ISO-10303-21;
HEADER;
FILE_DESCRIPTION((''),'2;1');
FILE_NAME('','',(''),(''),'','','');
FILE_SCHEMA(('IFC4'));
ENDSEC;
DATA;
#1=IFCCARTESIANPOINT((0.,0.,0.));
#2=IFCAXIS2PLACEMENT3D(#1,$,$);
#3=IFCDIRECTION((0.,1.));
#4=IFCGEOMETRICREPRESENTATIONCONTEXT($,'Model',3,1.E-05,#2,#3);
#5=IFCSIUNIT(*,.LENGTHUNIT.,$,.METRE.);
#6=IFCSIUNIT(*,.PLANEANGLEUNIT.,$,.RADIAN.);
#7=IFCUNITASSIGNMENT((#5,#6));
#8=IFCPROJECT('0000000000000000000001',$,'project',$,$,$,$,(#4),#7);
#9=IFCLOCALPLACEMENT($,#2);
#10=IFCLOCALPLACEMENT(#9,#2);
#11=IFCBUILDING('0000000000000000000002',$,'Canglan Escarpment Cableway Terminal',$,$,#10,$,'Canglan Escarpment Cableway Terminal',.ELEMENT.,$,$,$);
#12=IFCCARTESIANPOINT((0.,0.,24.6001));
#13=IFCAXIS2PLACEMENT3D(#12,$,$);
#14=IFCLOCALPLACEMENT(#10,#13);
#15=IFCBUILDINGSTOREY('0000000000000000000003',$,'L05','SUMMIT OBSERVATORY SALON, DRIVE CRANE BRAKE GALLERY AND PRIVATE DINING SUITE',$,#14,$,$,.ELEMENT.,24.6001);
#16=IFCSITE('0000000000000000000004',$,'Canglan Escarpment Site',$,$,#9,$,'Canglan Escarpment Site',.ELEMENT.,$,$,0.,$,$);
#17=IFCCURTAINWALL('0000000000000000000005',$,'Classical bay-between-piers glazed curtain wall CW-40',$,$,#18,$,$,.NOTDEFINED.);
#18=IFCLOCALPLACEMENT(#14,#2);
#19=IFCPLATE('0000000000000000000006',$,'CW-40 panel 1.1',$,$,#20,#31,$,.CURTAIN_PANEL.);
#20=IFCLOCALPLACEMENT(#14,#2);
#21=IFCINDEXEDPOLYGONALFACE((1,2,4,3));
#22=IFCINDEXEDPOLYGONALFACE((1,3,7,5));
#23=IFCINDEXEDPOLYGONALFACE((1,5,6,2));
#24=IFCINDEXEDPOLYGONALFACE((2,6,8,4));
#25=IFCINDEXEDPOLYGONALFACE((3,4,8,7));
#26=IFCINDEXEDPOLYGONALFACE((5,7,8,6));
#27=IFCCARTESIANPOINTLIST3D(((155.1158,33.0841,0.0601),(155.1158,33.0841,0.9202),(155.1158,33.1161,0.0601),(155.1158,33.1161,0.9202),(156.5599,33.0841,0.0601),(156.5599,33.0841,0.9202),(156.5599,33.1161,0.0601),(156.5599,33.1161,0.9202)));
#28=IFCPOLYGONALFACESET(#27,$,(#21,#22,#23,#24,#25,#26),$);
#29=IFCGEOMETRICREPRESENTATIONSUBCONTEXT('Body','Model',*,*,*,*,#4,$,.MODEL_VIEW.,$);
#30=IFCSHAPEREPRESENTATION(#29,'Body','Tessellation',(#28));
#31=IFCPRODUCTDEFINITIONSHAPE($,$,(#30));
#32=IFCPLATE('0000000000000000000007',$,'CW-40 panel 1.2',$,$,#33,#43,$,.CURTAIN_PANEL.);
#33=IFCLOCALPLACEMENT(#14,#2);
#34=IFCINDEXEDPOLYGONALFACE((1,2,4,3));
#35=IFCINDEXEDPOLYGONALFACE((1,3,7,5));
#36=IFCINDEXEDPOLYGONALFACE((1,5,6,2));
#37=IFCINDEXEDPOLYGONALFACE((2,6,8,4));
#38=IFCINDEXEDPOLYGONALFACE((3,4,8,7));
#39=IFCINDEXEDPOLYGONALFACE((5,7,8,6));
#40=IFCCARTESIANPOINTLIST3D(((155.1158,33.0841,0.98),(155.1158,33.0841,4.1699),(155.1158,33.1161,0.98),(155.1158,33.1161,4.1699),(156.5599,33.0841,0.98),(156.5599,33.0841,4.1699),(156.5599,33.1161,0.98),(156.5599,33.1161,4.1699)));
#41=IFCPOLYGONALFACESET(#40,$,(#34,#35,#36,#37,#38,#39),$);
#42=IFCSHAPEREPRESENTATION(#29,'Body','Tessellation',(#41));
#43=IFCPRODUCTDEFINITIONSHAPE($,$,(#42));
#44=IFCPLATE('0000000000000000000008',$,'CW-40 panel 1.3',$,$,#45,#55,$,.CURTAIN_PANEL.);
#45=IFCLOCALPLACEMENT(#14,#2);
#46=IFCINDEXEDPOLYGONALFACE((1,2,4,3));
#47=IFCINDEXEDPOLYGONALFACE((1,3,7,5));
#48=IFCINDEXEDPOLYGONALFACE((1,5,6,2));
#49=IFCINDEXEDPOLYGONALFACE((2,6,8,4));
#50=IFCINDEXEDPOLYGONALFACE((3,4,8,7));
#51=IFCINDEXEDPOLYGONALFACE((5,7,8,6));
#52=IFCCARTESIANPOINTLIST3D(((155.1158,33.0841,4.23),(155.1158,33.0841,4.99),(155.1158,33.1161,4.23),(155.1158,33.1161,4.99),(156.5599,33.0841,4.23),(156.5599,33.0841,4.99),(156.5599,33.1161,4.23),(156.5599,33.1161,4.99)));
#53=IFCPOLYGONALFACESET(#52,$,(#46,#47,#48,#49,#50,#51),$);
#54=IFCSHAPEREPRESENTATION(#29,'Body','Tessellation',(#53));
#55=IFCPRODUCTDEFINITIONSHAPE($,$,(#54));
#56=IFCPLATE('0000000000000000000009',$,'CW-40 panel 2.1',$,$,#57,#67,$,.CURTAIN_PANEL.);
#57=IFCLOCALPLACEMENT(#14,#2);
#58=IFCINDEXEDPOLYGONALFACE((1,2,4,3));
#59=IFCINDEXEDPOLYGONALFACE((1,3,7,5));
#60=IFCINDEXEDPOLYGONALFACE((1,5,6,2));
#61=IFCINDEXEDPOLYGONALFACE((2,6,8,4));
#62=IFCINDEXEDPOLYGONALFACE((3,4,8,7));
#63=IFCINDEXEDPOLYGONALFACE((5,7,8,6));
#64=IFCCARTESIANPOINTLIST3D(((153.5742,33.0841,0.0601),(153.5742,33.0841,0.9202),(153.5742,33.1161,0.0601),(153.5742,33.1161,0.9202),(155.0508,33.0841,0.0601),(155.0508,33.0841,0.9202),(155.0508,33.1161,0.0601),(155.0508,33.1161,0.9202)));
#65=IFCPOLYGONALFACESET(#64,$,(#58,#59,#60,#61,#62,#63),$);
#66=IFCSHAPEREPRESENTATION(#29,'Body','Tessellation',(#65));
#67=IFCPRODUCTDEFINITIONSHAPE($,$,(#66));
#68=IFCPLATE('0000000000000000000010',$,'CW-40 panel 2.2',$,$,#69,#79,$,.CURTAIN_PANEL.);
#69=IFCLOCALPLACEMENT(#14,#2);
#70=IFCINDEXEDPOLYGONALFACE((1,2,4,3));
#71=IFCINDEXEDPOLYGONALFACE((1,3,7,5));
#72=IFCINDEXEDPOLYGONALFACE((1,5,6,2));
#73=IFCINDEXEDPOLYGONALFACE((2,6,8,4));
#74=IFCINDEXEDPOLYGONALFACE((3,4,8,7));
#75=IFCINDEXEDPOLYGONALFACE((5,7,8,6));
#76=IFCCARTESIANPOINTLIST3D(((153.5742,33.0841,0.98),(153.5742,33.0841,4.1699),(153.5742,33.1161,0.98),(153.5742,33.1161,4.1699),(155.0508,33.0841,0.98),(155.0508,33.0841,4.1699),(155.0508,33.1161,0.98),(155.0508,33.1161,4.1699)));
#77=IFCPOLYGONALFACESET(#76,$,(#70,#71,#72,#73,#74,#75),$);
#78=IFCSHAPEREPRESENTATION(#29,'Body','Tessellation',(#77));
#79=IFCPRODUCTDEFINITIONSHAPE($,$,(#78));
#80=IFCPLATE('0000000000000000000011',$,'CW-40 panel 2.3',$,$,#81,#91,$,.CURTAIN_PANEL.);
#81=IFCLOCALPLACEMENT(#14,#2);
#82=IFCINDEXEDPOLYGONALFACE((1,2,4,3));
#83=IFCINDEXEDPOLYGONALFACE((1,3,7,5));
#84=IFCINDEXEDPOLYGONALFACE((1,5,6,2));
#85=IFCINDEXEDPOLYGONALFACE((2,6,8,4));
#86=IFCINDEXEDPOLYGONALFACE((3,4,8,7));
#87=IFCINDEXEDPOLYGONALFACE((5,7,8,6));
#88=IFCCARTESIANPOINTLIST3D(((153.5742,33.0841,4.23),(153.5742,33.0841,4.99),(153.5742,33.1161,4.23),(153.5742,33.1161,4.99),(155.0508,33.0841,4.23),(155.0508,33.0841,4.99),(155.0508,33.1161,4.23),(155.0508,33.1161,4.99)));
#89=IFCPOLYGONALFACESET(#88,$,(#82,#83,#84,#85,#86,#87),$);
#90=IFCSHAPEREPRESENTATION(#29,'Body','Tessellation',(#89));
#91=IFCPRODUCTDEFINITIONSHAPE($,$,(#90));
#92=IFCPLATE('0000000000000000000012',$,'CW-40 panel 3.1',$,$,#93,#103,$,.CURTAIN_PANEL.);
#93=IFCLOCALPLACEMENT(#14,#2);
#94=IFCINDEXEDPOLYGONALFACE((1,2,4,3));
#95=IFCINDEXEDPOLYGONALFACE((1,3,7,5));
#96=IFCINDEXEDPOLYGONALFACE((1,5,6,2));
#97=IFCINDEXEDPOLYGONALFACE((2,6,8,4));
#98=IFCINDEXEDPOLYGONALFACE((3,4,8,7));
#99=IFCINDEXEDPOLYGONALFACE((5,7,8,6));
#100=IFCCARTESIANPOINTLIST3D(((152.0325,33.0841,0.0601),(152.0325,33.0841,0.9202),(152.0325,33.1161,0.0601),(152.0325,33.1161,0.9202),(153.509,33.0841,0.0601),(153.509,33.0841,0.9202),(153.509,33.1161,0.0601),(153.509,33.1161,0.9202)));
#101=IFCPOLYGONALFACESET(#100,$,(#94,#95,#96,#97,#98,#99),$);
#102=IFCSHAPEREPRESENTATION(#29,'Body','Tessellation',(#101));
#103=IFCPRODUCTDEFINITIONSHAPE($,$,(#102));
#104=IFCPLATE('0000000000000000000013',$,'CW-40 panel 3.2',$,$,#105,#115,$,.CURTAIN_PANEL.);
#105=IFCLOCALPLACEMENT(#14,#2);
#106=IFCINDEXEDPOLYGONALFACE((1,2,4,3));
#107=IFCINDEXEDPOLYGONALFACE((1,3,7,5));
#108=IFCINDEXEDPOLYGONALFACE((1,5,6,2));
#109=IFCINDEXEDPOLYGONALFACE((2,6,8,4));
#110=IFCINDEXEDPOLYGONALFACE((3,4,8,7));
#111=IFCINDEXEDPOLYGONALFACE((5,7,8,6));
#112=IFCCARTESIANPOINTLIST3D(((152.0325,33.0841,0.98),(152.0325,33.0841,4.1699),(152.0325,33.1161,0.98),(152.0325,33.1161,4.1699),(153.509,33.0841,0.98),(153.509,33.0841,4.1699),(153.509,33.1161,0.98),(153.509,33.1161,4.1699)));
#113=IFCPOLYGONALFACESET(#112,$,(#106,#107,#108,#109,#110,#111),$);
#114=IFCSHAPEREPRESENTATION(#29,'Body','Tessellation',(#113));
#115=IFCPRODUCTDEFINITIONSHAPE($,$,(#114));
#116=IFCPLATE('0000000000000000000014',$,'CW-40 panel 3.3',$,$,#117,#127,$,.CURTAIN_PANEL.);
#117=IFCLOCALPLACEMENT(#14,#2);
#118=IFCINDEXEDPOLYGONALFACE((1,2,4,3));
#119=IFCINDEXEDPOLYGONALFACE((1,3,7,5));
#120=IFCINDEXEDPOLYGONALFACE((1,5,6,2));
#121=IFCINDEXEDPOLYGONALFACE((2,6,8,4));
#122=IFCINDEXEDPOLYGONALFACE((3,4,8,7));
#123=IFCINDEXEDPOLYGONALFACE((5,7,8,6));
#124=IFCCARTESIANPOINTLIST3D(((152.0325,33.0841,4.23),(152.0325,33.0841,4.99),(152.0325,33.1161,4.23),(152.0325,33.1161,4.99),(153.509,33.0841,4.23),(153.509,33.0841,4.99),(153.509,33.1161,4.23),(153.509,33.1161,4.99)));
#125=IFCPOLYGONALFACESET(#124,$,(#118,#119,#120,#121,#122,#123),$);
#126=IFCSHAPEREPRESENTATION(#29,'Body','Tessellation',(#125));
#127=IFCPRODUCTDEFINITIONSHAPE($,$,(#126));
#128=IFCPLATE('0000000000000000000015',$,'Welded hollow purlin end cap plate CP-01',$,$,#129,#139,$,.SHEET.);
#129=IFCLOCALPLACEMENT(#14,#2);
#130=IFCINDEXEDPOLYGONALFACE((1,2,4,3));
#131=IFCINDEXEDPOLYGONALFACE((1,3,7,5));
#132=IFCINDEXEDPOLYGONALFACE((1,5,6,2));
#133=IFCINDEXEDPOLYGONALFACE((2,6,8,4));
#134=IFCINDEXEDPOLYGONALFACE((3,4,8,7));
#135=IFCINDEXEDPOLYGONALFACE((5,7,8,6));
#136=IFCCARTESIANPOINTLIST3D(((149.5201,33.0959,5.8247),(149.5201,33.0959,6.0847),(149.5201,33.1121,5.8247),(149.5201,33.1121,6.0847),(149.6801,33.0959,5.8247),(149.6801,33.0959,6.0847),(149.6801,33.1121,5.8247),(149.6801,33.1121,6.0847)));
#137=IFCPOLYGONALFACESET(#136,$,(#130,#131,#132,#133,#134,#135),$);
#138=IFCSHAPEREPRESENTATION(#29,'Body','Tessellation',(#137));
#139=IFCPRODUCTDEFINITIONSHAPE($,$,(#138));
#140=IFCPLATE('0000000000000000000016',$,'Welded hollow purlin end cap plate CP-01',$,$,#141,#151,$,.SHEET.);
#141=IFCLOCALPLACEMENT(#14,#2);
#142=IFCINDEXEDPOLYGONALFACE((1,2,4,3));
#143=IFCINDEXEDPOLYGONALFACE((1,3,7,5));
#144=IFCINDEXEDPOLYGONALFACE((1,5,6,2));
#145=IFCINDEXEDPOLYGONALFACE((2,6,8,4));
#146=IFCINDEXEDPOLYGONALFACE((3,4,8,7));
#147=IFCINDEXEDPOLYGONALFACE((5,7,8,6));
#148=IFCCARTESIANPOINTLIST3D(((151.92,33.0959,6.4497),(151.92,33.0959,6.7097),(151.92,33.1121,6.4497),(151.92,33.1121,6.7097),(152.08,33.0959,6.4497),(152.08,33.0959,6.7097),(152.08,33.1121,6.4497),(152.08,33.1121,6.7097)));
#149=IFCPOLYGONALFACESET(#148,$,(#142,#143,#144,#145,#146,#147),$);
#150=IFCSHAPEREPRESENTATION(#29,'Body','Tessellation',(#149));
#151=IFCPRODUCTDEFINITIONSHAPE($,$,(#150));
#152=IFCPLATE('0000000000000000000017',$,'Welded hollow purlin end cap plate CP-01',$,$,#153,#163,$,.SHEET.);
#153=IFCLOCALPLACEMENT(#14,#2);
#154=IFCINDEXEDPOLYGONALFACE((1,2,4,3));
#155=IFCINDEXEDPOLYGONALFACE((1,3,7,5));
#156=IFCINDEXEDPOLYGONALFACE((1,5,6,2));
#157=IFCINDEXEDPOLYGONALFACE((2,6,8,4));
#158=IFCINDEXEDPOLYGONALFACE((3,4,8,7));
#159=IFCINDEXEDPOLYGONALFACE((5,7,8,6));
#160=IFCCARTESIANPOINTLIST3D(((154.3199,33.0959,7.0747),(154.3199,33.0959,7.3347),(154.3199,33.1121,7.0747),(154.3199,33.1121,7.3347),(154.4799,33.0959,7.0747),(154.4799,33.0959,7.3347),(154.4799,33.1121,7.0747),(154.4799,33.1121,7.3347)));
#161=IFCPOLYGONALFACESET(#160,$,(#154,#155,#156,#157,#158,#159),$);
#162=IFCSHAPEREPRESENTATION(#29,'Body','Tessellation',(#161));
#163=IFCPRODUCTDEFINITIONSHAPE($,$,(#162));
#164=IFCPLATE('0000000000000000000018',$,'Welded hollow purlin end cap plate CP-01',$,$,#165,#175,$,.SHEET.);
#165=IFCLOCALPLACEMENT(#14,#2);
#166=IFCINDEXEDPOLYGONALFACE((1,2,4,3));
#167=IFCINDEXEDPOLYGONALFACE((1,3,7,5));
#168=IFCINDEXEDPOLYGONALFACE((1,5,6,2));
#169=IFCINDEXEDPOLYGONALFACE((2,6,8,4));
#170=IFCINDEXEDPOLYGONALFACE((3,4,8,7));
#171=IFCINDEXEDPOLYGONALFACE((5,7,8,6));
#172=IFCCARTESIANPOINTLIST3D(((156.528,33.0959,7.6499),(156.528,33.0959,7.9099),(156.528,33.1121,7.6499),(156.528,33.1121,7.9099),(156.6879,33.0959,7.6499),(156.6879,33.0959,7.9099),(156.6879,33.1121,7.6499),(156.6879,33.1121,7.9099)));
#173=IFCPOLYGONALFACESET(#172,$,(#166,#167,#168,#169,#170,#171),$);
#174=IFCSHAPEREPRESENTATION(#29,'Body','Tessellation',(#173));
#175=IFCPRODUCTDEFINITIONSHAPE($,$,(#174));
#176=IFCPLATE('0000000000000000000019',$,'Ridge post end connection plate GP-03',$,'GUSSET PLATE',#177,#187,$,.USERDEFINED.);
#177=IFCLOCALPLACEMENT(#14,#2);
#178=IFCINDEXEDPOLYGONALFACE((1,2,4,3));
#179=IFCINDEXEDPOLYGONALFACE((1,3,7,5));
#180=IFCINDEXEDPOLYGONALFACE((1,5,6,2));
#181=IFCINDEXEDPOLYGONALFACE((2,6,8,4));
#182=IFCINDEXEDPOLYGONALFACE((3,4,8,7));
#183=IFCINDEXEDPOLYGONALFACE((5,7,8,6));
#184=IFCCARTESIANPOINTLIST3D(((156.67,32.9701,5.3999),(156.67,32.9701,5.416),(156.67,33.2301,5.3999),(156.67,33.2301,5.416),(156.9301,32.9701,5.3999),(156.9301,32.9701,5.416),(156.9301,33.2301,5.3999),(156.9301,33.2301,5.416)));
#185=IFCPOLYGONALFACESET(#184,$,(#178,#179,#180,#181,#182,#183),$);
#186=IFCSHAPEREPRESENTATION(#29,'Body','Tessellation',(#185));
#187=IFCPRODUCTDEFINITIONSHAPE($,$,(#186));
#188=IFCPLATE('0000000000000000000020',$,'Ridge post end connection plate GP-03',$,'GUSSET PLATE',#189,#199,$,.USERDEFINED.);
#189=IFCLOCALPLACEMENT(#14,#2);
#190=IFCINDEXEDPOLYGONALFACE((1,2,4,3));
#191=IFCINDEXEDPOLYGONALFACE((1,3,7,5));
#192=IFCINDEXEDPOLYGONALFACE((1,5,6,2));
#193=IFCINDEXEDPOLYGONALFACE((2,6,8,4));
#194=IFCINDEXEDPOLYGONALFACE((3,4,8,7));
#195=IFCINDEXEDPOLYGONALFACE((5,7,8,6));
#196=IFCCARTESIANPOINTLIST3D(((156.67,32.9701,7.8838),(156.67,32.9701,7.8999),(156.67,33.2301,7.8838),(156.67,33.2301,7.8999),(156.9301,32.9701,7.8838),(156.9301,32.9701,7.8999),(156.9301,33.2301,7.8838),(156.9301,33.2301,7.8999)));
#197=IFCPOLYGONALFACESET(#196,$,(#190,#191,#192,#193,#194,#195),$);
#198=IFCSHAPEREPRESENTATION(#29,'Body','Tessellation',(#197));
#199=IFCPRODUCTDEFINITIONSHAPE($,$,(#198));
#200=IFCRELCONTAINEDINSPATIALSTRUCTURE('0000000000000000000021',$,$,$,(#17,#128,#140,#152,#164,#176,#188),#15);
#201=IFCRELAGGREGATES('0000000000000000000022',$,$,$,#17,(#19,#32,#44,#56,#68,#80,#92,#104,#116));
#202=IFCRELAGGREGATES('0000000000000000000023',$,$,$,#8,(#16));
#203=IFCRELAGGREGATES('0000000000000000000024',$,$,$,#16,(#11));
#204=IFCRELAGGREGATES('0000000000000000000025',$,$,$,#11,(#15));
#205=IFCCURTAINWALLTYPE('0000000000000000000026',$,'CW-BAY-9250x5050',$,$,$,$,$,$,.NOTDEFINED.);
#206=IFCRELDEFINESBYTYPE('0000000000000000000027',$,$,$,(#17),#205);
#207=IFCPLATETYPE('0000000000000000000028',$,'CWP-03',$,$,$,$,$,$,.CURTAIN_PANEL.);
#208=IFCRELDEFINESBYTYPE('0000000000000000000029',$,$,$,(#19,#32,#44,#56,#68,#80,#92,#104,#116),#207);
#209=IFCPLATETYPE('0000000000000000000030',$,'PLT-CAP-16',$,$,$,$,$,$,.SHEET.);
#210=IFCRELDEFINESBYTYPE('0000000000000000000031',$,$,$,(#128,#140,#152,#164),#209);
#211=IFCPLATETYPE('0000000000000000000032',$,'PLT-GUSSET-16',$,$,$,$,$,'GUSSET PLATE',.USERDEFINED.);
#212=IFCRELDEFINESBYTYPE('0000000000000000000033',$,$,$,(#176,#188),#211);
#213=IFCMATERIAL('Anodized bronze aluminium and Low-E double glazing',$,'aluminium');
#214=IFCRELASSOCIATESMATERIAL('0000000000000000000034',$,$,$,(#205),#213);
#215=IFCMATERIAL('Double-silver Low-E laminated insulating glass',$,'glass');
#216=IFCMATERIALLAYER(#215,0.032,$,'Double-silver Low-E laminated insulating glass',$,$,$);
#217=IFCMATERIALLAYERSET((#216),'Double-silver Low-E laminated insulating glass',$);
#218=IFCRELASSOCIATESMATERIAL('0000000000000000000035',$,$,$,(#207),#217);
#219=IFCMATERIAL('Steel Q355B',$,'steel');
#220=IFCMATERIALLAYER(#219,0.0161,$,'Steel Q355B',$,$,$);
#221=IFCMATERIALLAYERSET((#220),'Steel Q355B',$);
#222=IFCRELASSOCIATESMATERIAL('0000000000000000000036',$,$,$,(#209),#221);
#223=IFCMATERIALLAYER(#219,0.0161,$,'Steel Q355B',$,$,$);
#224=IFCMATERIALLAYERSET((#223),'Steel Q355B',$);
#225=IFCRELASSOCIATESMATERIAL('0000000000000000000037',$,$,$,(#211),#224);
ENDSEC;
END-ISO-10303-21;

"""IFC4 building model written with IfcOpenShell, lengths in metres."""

from ifc_helpers import new_model, si_unit, direction, frame, origin, origin_2d, place, context, subcontext, project, spatial, rectangle, extrude, material, layer, layer_set, type_object, element, aggregate, save


model = new_model("IFC4")

# Units and contexts
model_context = context("Model", 3, precision=1e-05, world=origin(), true_north=direction((0.0, 1.0)))
body_context = subcontext(model_context, "Body", "Model", "MODEL_VIEW")
ifc_project = project(units=[si_unit("LENGTHUNIT", "METRE"), si_unit("PLANEANGLEUNIT", "RADIAN")], contexts=[model_context])

# Site, building, storey
site_placement = place(None, origin())
site = spatial("IfcSite", under=ifc_project, at=site_placement, Name="Canglan Escarpment Site", LongName="Canglan Escarpment Site", CompositionType="ELEMENT", RefElevation=0.0)
building_placement = place(site_placement, origin())
building = spatial("IfcBuilding", under=site, at=building_placement, Name="Canglan Escarpment Cableway Terminal", LongName="Canglan Escarpment Cableway Terminal", CompositionType="ELEMENT")
storey_placement = place(building_placement, frame((0.0, 0.0, 24.6001)))
storey = spatial("IfcBuildingStorey", under=building, at=storey_placement, Name="L05", Description="SUMMIT OBSERVATORY SALON, DRIVE CRANE BRAKE GALLERY AND PRIVATE DINING SUITE", CompositionType="ELEMENT", Elevation=24.6001)

# Shared definitions
ifc_material_1 = material(Name="Steel Q355B", Category="steel")

# Curtain wall
ifc_material_2 = material(Name="Anodized bronze aluminium and Low-E double glazing", Category="aluminium")
curtain_wall_type = type_object("IfcCurtainWallType", Name="CW-BAY-9250x5050", PredefinedType="NOTDEFINED", material=ifc_material_2)
curtain_wall_placement = place(storey_placement, origin())
curtain_wall = element("IfcCurtainWall", 1, at=curtain_wall_placement, inside=storey, type_object=curtain_wall_type, Name="Classical bay-between-piers glazed curtain wall CW-40", PredefinedType="NOTDEFINED")

# Plates
ifc_material_3 = material(Name="Double-silver Low-E laminated insulating glass", Category="glass")
ifc_layer_1 = layer(ifc_material_3, 0.032, Name="Double-silver Low-E laminated insulating glass")
ifc_layer_set_1 = layer_set([ifc_layer_1], Name="Double-silver Low-E laminated insulating glass")
plate_type_1 = type_object("IfcPlateType", Name="CWP-03", PredefinedType="CURTAIN_PANEL", material=ifc_layer_set_1)
plate_1_placement = place(storey_placement, frame((155.8379, 33.1001, 0.0601), z_axis=(0.0, 0.0, 1.0), x_axis=(-1.0, 0.0, 0.0)))
plate_1 = element("IfcPlate", 2, at=plate_1_placement, type_object=plate_type_1, Name="CW-40 panel 1.1", PredefinedType="CURTAIN_PANEL", context=body_context, shape_type="SweptSolid", body=[
    extrude(rectangle(XDim=1.4441, YDim=0.032, at=origin_2d()), origin(), (0.0, 0.0, 1.0), 0.8601),
])
plate_2_placement = place(storey_placement, frame((155.8379, 33.1001, 0.98), z_axis=(0.0, 0.0, 1.0), x_axis=(-1.0, 0.0, 0.0)))
plate_2 = element("IfcPlate", 3, at=plate_2_placement, type_object=plate_type_1, Name="CW-40 panel 1.2", PredefinedType="CURTAIN_PANEL", context=body_context, shape_type="SweptSolid", body=[
    extrude(rectangle(XDim=1.4441, YDim=0.032, at=origin_2d()), origin(), (0.0, 0.0, 1.0), 3.1899),
])
plate_3_placement = place(storey_placement, frame((155.8379, 33.1001, 4.23), z_axis=(0.0, 0.0, 1.0), x_axis=(-1.0, 0.0, 0.0)))
plate_3 = element("IfcPlate", 4, at=plate_3_placement, type_object=plate_type_1, Name="CW-40 panel 1.3", PredefinedType="CURTAIN_PANEL", context=body_context, shape_type="SweptSolid", body=[
    extrude(rectangle(XDim=1.4441, YDim=0.032, at=origin_2d()), origin(), (0.0, 0.0, 1.0), 0.76),
])
plate_4_placement = place(storey_placement, frame((154.3125, 33.1001, 0.0601), z_axis=(0.0, 0.0, 1.0), x_axis=(-1.0, 0.0, 0.0)))
plate_4 = element("IfcPlate", 5, at=plate_4_placement, type_object=plate_type_1, Name="CW-40 panel 2.1", PredefinedType="CURTAIN_PANEL", context=body_context, shape_type="SweptSolid", body=[
    extrude(rectangle(XDim=1.4766, YDim=0.032, at=origin_2d()), origin(), (0.0, 0.0, 1.0), 0.8601),
])
plate_5_placement = place(storey_placement, frame((154.3125, 33.1001, 0.98), z_axis=(0.0, 0.0, 1.0), x_axis=(-1.0, 0.0, 0.0)))
plate_5 = element("IfcPlate", 6, at=plate_5_placement, type_object=plate_type_1, Name="CW-40 panel 2.2", PredefinedType="CURTAIN_PANEL", context=body_context, shape_type="SweptSolid", body=[
    extrude(rectangle(XDim=1.4766, YDim=0.032, at=origin_2d()), origin(), (0.0, 0.0, 1.0), 3.1899),
])
plate_6_placement = place(storey_placement, frame((154.3125, 33.1001, 4.23), z_axis=(0.0, 0.0, 1.0), x_axis=(-1.0, 0.0, 0.0)))
plate_6 = element("IfcPlate", 7, at=plate_6_placement, type_object=plate_type_1, Name="CW-40 panel 2.3", PredefinedType="CURTAIN_PANEL", context=body_context, shape_type="SweptSolid", body=[
    extrude(rectangle(XDim=1.4766, YDim=0.032, at=origin_2d()), origin(), (0.0, 0.0, 1.0), 0.76),
])
plate_7_placement = place(storey_placement, frame((152.7708, 33.1001, 0.0601), z_axis=(0.0, 0.0, 1.0), x_axis=(-1.0, 0.0, 0.0)))
plate_7 = element("IfcPlate", 8, at=plate_7_placement, type_object=plate_type_1, Name="CW-40 panel 3.1", PredefinedType="CURTAIN_PANEL", context=body_context, shape_type="SweptSolid", body=[
    extrude(rectangle(XDim=1.4766, YDim=0.032, at=origin_2d()), origin(), (0.0, 0.0, 1.0), 0.8601),
])
plate_8_placement = place(storey_placement, frame((152.7708, 33.1001, 0.98), z_axis=(0.0, 0.0, 1.0), x_axis=(-1.0, 0.0, 0.0)))
plate_8 = element("IfcPlate", 9, at=plate_8_placement, type_object=plate_type_1, Name="CW-40 panel 3.2", PredefinedType="CURTAIN_PANEL", context=body_context, shape_type="SweptSolid", body=[
    extrude(rectangle(XDim=1.4766, YDim=0.032, at=origin_2d()), origin(), (0.0, 0.0, 1.0), 3.1899),
])
plate_9_placement = place(storey_placement, frame((152.7708, 33.1001, 4.23), z_axis=(0.0, 0.0, 1.0), x_axis=(-1.0, 0.0, 0.0)))
plate_9 = element("IfcPlate", 10, at=plate_9_placement, type_object=plate_type_1, Name="CW-40 panel 3.3", PredefinedType="CURTAIN_PANEL", context=body_context, shape_type="SweptSolid", body=[
    extrude(rectangle(XDim=1.4766, YDim=0.032, at=origin_2d()), origin(), (0.0, 0.0, 1.0), 0.76),
])
aggregate(curtain_wall, [plate_1, plate_2, plate_3, plate_4, plate_5, plate_6, plate_7, plate_8, plate_9])

# Plates
ifc_layer_2 = layer(ifc_material_1, 0.0161, Name="Steel Q355B")
ifc_layer_set_2 = layer_set([ifc_layer_2], Name="Steel Q355B")
plate_type_2 = type_object("IfcPlateType", Name="PLT-CAP-16", PredefinedType="SHEET", material=ifc_layer_set_2)
for number, where, z_axis, x_axis, name in (
    (11, (149.6001, 33.104, 5.8247), (0.0, 0.0, 1.0), (1.0, 0.0, 0.0), "Welded hollow purlin end cap plate CP-01"),
    (12, (152.0, 33.104, 6.4497), (0.0, 0.0, 1.0), (1.0, 0.0, 0.0), "Welded hollow purlin end cap plate CP-01"),
    (13, (154.3999, 33.104, 7.0747), (0.0, 0.0, 1.0), (1.0, 0.0, 0.0), "Welded hollow purlin end cap plate CP-01"),
    (14, (156.6079, 33.104, 7.6499), (0.0, 0.0, 1.0), (1.0, 0.0, 0.0), "Welded hollow purlin end cap plate CP-01"),
):
    element("IfcPlate", number, at=place(storey_placement, frame(where, z_axis=z_axis, x_axis=x_axis)), inside=storey, type_object=plate_type_2, Name=name, PredefinedType="SHEET", context=body_context, shape_type="SweptSolid", body=[
        extrude(rectangle(XDim=0.1599, YDim=0.0161, at=origin_2d()), origin(), (0.0, 0.0, 1.0), 0.26),
    ])
ifc_layer_3 = layer(ifc_material_1, 0.0161, Name="Steel Q355B")
ifc_layer_set_3 = layer_set([ifc_layer_3], Name="Steel Q355B")
plate_type_3 = type_object("IfcPlateType", Name="PLT-GUSSET-16", ElementType="GUSSET PLATE", PredefinedType="USERDEFINED", material=ifc_layer_set_3)
for number, where, z_axis, x_axis, name in (
    (15, (156.8, 33.1001, 5.3999), (0.0, 0.0, 1.0), (1.0, 0.0, 0.0), "Ridge post end connection plate GP-03"),
    (16, (156.8, 33.1001, 7.8838), (0.0, 0.0, 1.0), (1.0, 0.0, 0.0), "Ridge post end connection plate GP-03"),
):
    element("IfcPlate", number, at=place(storey_placement, frame(where, z_axis=z_axis, x_axis=x_axis)), inside=storey, type_object=plate_type_3, Name=name, ObjectType="GUSSET PLATE", PredefinedType="USERDEFINED", context=body_context, shape_type="SweptSolid", body=[
        extrude(rectangle(XDim=0.26, YDim=0.26, at=origin_2d()), origin(), (0.0, 0.0, 1.0), 0.0161),
    ])

save(model, "model.ifc")
